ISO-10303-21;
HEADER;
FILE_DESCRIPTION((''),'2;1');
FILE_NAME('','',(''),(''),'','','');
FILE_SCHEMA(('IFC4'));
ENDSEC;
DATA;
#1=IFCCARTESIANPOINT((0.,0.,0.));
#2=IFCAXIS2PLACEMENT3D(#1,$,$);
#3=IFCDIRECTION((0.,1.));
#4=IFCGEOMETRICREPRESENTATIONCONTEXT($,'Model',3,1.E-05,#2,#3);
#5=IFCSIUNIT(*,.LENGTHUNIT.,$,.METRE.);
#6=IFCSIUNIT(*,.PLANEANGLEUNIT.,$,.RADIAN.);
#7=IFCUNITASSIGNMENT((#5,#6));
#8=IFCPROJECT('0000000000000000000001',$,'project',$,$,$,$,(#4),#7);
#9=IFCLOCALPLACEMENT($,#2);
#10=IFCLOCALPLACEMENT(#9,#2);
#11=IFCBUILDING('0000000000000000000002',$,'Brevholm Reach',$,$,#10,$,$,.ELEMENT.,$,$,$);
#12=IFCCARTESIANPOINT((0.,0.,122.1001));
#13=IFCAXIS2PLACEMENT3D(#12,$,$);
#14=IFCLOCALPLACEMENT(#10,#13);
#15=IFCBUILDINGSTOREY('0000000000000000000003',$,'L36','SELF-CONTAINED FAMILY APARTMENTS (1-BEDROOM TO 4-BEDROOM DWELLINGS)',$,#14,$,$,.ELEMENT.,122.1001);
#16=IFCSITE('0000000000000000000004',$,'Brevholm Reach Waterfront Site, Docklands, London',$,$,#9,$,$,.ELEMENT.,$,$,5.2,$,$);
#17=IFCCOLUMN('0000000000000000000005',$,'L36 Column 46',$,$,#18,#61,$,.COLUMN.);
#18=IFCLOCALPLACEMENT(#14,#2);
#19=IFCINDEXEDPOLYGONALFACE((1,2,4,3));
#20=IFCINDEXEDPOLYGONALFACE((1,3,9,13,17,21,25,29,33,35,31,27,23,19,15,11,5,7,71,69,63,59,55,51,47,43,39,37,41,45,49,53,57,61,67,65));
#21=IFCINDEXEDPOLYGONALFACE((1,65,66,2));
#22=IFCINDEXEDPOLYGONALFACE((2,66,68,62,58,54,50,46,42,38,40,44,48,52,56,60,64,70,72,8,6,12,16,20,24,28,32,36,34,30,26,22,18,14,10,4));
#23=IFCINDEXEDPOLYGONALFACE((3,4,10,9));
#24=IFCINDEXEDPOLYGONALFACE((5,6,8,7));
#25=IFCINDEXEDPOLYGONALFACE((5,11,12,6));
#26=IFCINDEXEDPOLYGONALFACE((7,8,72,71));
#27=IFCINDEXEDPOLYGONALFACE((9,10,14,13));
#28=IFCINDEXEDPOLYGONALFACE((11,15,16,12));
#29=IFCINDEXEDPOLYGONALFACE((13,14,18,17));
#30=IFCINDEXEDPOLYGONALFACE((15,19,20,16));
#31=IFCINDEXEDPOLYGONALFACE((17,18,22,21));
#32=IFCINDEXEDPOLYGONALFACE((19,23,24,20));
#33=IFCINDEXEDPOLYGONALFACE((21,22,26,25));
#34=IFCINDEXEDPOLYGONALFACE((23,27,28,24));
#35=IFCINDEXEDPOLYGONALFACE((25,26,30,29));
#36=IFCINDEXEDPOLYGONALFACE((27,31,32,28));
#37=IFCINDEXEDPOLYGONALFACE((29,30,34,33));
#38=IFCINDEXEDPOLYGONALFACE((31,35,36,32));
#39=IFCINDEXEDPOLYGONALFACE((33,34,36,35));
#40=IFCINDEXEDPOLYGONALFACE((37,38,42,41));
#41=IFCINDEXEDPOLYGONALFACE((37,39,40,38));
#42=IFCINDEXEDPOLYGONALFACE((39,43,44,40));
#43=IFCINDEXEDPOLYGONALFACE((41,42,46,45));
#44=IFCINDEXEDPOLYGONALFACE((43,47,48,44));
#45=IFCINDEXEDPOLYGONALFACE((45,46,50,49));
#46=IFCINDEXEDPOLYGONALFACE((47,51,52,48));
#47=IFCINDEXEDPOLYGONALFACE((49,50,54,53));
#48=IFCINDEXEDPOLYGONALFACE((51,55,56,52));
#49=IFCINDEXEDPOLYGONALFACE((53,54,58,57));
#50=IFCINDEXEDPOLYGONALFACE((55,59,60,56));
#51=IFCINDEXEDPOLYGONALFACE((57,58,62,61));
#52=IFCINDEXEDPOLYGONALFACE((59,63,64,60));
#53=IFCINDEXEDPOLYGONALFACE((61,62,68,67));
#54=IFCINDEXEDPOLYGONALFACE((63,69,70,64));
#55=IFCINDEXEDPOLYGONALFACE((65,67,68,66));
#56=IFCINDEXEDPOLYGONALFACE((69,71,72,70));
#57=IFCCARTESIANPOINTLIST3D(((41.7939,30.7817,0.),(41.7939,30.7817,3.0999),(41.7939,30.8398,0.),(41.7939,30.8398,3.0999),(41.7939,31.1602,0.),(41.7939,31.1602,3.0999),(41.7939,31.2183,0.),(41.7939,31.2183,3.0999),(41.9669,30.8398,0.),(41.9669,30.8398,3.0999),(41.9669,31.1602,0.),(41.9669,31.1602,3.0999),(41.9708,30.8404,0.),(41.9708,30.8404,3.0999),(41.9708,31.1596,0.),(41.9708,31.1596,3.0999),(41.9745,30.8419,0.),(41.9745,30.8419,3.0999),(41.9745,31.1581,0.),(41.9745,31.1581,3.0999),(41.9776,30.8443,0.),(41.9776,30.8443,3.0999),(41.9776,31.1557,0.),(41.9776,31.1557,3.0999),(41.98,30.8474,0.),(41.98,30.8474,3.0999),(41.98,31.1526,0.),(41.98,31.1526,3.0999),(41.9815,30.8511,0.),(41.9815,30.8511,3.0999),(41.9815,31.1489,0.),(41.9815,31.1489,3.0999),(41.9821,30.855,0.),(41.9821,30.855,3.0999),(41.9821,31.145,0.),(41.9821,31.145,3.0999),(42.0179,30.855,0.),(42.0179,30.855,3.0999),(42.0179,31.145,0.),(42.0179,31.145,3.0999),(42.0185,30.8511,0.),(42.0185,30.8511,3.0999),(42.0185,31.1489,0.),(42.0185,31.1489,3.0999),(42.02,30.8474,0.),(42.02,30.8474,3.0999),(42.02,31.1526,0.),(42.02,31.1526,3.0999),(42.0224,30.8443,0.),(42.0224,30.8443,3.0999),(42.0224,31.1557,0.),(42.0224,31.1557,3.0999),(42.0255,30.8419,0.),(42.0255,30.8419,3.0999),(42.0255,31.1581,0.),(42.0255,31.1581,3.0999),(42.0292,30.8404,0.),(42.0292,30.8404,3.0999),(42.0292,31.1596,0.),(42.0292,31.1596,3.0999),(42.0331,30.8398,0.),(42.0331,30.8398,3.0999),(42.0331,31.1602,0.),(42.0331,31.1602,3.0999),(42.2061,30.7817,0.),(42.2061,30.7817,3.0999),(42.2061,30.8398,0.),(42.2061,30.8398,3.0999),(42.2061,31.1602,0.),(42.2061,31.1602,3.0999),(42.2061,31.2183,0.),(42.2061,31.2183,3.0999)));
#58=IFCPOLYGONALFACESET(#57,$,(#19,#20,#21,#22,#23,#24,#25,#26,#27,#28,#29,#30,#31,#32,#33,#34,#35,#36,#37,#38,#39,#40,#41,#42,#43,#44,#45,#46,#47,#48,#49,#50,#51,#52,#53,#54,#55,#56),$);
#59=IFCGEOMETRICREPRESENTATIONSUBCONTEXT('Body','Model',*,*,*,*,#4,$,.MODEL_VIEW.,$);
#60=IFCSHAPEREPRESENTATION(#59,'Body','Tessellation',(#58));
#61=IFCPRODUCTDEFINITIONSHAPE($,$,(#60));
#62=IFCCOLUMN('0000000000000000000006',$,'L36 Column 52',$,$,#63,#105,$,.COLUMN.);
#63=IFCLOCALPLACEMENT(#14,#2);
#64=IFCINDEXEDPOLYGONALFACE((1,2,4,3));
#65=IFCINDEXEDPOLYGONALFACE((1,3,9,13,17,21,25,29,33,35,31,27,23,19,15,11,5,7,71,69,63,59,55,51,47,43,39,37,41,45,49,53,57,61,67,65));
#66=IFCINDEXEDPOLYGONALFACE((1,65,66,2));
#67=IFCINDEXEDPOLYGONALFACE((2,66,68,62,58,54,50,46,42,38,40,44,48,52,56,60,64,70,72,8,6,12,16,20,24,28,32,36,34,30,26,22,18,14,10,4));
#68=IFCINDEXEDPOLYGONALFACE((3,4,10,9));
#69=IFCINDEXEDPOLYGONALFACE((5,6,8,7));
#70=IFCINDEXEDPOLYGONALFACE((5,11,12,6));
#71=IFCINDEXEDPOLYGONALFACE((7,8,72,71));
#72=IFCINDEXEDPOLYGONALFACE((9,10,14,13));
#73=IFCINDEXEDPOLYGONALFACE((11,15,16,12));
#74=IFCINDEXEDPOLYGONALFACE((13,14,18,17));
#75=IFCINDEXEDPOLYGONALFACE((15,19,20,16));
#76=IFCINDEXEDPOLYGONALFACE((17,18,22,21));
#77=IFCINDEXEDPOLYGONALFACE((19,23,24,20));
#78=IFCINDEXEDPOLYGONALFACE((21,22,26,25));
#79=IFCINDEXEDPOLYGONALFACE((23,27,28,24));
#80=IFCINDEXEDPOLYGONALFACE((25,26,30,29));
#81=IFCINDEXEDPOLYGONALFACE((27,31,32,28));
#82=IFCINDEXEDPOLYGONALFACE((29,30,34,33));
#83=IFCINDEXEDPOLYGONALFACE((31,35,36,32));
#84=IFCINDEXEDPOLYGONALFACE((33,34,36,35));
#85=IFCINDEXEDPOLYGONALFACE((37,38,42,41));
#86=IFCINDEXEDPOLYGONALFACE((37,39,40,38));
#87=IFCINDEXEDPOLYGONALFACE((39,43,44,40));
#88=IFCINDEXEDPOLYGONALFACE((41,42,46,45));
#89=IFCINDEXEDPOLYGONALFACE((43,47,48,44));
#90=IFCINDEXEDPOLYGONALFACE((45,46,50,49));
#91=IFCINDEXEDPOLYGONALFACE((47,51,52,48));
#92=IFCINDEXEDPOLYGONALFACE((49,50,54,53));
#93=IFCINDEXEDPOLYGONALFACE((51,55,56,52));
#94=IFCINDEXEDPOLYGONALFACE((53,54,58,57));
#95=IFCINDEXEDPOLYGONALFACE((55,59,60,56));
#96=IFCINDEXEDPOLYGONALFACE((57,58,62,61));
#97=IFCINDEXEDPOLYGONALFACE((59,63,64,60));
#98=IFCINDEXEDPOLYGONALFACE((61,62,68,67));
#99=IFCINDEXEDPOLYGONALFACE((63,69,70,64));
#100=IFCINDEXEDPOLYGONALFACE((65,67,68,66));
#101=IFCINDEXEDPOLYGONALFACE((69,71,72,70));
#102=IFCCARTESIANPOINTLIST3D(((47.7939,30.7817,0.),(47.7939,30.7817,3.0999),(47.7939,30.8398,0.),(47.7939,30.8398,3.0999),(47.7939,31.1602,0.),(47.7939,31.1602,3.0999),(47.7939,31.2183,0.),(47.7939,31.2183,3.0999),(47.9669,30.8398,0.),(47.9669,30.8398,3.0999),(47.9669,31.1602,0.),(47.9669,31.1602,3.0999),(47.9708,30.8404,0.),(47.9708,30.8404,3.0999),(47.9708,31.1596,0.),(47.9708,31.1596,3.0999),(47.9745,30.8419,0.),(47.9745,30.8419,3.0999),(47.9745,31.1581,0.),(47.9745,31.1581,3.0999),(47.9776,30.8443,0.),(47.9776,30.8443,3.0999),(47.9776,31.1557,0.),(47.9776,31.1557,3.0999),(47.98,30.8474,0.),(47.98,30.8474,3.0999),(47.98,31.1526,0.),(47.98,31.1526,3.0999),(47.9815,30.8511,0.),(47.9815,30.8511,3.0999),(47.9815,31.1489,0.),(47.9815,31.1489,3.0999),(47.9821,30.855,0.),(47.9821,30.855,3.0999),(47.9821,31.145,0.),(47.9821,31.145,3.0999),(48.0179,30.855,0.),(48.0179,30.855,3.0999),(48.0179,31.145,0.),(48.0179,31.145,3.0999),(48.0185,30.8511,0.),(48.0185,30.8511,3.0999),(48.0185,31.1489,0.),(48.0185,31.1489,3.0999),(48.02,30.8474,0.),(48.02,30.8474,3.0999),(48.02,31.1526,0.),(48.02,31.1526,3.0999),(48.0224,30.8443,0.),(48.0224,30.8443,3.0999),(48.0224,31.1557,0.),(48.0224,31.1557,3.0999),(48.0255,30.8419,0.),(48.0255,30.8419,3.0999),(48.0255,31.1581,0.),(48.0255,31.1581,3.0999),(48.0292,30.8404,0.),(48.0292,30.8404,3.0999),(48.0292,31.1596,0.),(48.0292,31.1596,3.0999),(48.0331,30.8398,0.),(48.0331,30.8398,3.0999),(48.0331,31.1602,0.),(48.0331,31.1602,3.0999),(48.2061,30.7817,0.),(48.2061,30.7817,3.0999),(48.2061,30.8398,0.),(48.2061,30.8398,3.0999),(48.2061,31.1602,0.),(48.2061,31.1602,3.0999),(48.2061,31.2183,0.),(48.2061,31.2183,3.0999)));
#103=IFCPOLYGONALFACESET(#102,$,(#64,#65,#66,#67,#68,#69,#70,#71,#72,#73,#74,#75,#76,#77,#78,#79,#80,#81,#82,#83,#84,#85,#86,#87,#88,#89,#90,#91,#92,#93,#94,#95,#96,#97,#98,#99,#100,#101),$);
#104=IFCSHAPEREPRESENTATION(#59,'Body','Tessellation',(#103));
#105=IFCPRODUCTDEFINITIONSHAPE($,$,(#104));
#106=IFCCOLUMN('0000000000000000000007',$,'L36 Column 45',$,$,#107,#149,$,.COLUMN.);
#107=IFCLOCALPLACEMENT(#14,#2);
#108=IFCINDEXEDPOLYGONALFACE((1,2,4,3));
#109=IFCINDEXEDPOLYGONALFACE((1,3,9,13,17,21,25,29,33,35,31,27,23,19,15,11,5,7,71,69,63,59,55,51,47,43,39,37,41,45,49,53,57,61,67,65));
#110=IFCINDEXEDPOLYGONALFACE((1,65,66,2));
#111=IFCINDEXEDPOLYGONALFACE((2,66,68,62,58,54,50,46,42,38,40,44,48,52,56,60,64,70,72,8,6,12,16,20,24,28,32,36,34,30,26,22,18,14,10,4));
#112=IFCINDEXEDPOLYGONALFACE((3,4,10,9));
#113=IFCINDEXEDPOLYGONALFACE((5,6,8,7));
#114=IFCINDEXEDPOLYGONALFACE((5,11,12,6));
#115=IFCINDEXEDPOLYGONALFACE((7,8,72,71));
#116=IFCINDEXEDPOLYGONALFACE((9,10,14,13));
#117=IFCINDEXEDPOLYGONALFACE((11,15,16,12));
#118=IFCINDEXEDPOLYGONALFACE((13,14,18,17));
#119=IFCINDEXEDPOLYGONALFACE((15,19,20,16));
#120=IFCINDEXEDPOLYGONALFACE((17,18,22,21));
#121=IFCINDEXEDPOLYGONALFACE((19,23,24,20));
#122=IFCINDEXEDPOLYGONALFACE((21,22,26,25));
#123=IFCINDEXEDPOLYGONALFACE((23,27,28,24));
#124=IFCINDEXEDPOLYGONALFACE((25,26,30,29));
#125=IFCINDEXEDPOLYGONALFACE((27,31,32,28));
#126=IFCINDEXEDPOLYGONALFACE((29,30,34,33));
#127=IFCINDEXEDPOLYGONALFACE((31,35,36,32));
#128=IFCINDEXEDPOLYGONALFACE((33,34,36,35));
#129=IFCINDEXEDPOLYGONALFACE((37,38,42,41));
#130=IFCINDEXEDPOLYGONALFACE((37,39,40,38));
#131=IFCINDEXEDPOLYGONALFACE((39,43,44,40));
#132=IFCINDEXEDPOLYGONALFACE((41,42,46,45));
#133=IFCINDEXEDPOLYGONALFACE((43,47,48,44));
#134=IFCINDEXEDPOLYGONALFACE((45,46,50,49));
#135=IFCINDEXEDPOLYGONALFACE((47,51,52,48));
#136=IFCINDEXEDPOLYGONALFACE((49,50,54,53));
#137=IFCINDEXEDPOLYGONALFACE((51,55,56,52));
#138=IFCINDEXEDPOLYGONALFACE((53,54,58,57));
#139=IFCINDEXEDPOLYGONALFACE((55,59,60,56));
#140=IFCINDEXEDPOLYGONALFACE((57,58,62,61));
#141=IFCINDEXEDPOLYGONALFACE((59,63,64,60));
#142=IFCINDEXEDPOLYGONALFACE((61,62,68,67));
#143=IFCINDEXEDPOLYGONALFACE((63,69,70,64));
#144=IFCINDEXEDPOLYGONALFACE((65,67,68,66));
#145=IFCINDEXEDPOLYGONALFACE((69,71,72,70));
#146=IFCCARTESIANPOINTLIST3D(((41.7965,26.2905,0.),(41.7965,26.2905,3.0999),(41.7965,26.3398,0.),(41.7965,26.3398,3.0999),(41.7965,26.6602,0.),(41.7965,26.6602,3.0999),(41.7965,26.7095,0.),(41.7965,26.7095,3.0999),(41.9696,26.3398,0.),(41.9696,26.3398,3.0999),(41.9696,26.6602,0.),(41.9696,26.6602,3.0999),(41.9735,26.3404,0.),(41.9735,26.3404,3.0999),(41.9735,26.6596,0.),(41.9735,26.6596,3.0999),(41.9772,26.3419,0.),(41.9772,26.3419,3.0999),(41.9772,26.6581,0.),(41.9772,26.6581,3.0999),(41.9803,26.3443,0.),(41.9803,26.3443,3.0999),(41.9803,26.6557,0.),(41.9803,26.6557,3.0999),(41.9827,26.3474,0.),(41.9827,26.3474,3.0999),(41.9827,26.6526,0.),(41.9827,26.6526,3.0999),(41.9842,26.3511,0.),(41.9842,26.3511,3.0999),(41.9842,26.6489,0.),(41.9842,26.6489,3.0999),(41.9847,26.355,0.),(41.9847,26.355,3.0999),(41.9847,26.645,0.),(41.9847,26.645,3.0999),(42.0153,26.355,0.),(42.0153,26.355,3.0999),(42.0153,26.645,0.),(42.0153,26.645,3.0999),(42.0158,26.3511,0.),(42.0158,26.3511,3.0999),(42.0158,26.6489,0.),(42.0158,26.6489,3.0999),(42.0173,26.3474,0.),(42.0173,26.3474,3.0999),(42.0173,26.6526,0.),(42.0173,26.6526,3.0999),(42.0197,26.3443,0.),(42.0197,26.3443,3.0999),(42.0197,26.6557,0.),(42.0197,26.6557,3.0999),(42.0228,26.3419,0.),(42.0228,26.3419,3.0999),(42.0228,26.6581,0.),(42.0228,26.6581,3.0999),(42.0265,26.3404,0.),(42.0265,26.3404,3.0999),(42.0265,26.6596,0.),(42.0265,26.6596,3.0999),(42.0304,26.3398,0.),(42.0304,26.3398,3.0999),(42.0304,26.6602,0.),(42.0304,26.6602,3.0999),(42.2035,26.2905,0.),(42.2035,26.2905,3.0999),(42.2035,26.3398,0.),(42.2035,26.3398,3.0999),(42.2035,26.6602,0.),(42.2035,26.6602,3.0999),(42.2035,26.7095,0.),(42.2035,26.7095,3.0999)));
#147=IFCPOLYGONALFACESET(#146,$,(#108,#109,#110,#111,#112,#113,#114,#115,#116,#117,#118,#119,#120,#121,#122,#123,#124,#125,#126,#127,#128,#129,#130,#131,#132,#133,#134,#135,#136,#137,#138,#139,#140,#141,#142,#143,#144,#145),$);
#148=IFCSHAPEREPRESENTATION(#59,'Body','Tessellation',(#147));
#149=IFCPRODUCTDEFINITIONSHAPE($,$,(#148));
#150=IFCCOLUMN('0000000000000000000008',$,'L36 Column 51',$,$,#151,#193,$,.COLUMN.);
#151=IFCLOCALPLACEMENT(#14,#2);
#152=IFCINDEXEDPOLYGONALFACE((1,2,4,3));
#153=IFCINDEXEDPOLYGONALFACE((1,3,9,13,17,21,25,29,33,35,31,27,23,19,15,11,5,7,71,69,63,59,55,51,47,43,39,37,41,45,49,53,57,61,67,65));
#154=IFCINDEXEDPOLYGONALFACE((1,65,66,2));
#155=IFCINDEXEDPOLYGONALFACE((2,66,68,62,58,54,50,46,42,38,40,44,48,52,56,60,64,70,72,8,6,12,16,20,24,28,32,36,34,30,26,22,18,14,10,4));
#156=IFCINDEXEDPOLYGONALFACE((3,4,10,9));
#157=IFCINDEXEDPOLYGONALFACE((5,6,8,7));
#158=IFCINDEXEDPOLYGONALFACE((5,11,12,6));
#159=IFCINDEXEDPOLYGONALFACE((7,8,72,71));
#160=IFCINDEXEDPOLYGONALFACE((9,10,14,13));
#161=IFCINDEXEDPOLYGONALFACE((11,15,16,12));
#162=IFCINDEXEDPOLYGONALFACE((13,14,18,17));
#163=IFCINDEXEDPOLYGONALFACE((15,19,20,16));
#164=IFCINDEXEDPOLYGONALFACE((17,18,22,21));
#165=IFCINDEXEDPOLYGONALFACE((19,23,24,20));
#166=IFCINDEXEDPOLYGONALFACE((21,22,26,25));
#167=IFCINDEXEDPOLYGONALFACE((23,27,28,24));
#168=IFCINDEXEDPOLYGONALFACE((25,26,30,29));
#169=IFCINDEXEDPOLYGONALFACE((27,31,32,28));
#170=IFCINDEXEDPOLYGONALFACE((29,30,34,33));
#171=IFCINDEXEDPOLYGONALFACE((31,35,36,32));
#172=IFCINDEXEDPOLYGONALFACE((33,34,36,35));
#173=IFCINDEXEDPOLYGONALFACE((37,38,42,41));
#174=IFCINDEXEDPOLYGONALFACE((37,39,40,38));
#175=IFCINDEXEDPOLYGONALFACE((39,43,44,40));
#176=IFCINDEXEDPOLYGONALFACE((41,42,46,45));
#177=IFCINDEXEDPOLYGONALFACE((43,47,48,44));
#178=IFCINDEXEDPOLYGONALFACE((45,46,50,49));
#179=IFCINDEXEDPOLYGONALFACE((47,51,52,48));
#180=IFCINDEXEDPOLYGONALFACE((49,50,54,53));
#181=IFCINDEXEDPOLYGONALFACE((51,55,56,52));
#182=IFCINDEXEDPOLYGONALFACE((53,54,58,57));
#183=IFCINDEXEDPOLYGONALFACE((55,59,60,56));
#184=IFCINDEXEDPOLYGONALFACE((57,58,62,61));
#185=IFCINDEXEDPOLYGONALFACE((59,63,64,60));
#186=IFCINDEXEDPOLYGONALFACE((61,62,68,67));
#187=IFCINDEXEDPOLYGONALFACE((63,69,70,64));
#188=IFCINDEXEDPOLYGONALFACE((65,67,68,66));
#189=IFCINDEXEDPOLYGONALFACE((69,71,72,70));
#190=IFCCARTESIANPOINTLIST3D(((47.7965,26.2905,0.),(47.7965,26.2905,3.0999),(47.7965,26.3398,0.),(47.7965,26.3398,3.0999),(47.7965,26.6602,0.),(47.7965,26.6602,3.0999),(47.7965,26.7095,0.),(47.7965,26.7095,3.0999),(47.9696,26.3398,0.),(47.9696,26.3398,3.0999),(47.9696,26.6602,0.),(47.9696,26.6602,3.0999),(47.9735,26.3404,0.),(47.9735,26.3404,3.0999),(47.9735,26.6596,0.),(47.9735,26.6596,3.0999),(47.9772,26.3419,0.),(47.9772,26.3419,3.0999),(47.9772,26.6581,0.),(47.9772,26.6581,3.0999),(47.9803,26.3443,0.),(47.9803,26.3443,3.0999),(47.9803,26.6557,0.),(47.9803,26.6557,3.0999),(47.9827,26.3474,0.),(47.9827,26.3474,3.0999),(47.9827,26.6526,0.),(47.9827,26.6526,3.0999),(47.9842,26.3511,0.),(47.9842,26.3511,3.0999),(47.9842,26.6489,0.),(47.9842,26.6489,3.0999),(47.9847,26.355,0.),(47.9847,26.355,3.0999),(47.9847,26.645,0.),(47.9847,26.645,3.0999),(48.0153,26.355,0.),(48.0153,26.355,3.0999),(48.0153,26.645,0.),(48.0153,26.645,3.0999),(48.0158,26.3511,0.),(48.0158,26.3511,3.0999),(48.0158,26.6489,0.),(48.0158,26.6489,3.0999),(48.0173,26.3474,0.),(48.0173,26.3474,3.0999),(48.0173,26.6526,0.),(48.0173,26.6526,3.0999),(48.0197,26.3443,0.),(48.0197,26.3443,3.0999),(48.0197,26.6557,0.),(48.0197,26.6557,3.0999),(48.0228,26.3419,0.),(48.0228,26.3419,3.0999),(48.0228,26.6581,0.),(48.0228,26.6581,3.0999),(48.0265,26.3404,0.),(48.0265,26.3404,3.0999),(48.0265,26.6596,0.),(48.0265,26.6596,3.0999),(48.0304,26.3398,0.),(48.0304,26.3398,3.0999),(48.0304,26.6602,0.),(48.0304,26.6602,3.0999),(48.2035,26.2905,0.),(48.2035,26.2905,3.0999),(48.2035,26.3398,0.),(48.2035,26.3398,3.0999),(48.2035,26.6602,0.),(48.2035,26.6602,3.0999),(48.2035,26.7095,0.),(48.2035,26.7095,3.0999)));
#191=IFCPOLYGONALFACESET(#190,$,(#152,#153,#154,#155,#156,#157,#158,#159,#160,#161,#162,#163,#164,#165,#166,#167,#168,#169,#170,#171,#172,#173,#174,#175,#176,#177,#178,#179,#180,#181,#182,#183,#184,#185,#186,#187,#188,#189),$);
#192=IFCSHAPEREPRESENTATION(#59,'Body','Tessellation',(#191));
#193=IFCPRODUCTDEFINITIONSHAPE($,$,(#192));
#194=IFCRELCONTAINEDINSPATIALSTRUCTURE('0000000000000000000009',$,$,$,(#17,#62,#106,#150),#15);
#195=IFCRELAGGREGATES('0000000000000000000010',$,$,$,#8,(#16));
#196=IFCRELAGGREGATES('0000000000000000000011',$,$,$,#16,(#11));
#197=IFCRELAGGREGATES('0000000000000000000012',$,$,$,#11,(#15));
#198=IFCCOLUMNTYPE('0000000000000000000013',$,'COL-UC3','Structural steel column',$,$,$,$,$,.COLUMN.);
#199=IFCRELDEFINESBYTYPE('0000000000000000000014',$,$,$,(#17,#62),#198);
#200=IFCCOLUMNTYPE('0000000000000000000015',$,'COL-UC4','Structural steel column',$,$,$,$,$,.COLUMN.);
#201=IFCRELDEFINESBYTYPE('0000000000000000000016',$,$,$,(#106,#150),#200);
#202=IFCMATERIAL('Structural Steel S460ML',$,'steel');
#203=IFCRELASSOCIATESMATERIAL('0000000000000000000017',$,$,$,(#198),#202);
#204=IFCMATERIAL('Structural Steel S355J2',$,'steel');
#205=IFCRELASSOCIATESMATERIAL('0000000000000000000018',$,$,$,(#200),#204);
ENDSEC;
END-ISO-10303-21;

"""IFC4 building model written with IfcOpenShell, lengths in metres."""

from ifc_helpers import new_model, si_unit, direction, frame, origin, origin_2d, place, context, subcontext, project, spatial, i_section, extrude, material, material_profile, profile_set, type_object, element, save


model = new_model("IFC4")

# Units and contexts
model_context = context("Model", 3, precision=1e-05, world=origin(), true_north=direction((0.0, 1.0)))
body_context = subcontext(model_context, "Body", "Model", "MODEL_VIEW")
ifc_project = project(units=[si_unit("LENGTHUNIT", "METRE"), si_unit("PLANEANGLEUNIT", "RADIAN")], contexts=[model_context])

# Site, building, storey
site_placement = place(None, origin())
site = spatial("IfcSite", under=ifc_project, at=site_placement, Name="Brevholm Reach Waterfront Site, Docklands, London", CompositionType="ELEMENT", RefElevation=5.2)
building_placement = place(site_placement, origin())
building = spatial("IfcBuilding", under=site, at=building_placement, Name="Brevholm Reach", CompositionType="ELEMENT")
storey_placement = place(building_placement, frame((0.0, 0.0, 122.1001)))
storey = spatial("IfcBuildingStorey", under=building, at=storey_placement, Name="L36", Description="SELF-CONTAINED FAMILY APARTMENTS (1-BEDROOM TO 4-BEDROOM DWELLINGS)", CompositionType="ELEMENT", Elevation=122.1001)

# Columns
ifc_material_1 = material(Name="Structural Steel S460ML", Category="steel")
ifc_material_profile_1 = material_profile(ifc_material_1, i_section(OverallWidth=0.4121, OverallDepth=0.4365, WebThickness=0.0359, FlangeThickness=0.0581, FilletRadius=0.0151, at=origin_2d()), Name="UKC 356x406x467")
ifc_profile_set_1 = profile_set([ifc_material_profile_1], Name="Structural Steel S460ML")
column_type_1 = type_object("IfcColumnType", Name="COL-UC3", Description="Structural steel column", PredefinedType="COLUMN", material=ifc_profile_set_1)
for number, where, z_axis, x_axis, name in (
    (1, (42.0, 31.0, 0.0), (0.0, 0.0, 1.0), (1.0, 0.0, 0.0), "L36 Column 46"),
    (2, (48.0, 31.0, 0.0), (0.0, 0.0, 1.0), (1.0, 0.0, 0.0), "L36 Column 52"),
):
    element("IfcColumn", number, at=place(storey_placement, frame(where, z_axis=z_axis, x_axis=x_axis)), inside=storey, type_object=column_type_1, Name=name, PredefinedType="COLUMN", context=body_context, shape_type="SweptSolid", body=[
        extrude(i_section(OverallWidth=0.4121, OverallDepth=0.4365, WebThickness=0.0359, FlangeThickness=0.0581, FilletRadius=0.0151, at=origin_2d()), origin(), (0.0, 0.0, 1.0), 3.0999),
    ])
ifc_material_2 = material(Name="Structural Steel S355J2", Category="steel")
ifc_material_profile_2 = material_profile(ifc_material_2, i_section(OverallWidth=0.407, OverallDepth=0.4189, WebThickness=0.0305, FlangeThickness=0.0493, FilletRadius=0.0151, at=origin_2d()), Name="UKC 356x406x393")
ifc_profile_set_2 = profile_set([ifc_material_profile_2], Name="Structural Steel S355J2")
column_type_2 = type_object("IfcColumnType", Name="COL-UC4", Description="Structural steel column", PredefinedType="COLUMN", material=ifc_profile_set_2)
for number, where, z_axis, x_axis, name in (
    (3, (42.0, 26.5, 0.0), (0.0, 0.0, 1.0), (1.0, 0.0, 0.0), "L36 Column 45"),
    (4, (48.0, 26.5, 0.0), (0.0, 0.0, 1.0), (1.0, 0.0, 0.0), "L36 Column 51"),
):
    element("IfcColumn", number, at=place(storey_placement, frame(where, z_axis=z_axis, x_axis=x_axis)), inside=storey, type_object=column_type_2, Name=name, PredefinedType="COLUMN", context=body_context, shape_type="SweptSolid", body=[
        extrude(i_section(OverallWidth=0.407, OverallDepth=0.4189, WebThickness=0.0305, FlangeThickness=0.0493, FilletRadius=0.0151, at=origin_2d()), origin(), (0.0, 0.0, 1.0), 3.0999),
    ])

save(model, "model.ifc")
